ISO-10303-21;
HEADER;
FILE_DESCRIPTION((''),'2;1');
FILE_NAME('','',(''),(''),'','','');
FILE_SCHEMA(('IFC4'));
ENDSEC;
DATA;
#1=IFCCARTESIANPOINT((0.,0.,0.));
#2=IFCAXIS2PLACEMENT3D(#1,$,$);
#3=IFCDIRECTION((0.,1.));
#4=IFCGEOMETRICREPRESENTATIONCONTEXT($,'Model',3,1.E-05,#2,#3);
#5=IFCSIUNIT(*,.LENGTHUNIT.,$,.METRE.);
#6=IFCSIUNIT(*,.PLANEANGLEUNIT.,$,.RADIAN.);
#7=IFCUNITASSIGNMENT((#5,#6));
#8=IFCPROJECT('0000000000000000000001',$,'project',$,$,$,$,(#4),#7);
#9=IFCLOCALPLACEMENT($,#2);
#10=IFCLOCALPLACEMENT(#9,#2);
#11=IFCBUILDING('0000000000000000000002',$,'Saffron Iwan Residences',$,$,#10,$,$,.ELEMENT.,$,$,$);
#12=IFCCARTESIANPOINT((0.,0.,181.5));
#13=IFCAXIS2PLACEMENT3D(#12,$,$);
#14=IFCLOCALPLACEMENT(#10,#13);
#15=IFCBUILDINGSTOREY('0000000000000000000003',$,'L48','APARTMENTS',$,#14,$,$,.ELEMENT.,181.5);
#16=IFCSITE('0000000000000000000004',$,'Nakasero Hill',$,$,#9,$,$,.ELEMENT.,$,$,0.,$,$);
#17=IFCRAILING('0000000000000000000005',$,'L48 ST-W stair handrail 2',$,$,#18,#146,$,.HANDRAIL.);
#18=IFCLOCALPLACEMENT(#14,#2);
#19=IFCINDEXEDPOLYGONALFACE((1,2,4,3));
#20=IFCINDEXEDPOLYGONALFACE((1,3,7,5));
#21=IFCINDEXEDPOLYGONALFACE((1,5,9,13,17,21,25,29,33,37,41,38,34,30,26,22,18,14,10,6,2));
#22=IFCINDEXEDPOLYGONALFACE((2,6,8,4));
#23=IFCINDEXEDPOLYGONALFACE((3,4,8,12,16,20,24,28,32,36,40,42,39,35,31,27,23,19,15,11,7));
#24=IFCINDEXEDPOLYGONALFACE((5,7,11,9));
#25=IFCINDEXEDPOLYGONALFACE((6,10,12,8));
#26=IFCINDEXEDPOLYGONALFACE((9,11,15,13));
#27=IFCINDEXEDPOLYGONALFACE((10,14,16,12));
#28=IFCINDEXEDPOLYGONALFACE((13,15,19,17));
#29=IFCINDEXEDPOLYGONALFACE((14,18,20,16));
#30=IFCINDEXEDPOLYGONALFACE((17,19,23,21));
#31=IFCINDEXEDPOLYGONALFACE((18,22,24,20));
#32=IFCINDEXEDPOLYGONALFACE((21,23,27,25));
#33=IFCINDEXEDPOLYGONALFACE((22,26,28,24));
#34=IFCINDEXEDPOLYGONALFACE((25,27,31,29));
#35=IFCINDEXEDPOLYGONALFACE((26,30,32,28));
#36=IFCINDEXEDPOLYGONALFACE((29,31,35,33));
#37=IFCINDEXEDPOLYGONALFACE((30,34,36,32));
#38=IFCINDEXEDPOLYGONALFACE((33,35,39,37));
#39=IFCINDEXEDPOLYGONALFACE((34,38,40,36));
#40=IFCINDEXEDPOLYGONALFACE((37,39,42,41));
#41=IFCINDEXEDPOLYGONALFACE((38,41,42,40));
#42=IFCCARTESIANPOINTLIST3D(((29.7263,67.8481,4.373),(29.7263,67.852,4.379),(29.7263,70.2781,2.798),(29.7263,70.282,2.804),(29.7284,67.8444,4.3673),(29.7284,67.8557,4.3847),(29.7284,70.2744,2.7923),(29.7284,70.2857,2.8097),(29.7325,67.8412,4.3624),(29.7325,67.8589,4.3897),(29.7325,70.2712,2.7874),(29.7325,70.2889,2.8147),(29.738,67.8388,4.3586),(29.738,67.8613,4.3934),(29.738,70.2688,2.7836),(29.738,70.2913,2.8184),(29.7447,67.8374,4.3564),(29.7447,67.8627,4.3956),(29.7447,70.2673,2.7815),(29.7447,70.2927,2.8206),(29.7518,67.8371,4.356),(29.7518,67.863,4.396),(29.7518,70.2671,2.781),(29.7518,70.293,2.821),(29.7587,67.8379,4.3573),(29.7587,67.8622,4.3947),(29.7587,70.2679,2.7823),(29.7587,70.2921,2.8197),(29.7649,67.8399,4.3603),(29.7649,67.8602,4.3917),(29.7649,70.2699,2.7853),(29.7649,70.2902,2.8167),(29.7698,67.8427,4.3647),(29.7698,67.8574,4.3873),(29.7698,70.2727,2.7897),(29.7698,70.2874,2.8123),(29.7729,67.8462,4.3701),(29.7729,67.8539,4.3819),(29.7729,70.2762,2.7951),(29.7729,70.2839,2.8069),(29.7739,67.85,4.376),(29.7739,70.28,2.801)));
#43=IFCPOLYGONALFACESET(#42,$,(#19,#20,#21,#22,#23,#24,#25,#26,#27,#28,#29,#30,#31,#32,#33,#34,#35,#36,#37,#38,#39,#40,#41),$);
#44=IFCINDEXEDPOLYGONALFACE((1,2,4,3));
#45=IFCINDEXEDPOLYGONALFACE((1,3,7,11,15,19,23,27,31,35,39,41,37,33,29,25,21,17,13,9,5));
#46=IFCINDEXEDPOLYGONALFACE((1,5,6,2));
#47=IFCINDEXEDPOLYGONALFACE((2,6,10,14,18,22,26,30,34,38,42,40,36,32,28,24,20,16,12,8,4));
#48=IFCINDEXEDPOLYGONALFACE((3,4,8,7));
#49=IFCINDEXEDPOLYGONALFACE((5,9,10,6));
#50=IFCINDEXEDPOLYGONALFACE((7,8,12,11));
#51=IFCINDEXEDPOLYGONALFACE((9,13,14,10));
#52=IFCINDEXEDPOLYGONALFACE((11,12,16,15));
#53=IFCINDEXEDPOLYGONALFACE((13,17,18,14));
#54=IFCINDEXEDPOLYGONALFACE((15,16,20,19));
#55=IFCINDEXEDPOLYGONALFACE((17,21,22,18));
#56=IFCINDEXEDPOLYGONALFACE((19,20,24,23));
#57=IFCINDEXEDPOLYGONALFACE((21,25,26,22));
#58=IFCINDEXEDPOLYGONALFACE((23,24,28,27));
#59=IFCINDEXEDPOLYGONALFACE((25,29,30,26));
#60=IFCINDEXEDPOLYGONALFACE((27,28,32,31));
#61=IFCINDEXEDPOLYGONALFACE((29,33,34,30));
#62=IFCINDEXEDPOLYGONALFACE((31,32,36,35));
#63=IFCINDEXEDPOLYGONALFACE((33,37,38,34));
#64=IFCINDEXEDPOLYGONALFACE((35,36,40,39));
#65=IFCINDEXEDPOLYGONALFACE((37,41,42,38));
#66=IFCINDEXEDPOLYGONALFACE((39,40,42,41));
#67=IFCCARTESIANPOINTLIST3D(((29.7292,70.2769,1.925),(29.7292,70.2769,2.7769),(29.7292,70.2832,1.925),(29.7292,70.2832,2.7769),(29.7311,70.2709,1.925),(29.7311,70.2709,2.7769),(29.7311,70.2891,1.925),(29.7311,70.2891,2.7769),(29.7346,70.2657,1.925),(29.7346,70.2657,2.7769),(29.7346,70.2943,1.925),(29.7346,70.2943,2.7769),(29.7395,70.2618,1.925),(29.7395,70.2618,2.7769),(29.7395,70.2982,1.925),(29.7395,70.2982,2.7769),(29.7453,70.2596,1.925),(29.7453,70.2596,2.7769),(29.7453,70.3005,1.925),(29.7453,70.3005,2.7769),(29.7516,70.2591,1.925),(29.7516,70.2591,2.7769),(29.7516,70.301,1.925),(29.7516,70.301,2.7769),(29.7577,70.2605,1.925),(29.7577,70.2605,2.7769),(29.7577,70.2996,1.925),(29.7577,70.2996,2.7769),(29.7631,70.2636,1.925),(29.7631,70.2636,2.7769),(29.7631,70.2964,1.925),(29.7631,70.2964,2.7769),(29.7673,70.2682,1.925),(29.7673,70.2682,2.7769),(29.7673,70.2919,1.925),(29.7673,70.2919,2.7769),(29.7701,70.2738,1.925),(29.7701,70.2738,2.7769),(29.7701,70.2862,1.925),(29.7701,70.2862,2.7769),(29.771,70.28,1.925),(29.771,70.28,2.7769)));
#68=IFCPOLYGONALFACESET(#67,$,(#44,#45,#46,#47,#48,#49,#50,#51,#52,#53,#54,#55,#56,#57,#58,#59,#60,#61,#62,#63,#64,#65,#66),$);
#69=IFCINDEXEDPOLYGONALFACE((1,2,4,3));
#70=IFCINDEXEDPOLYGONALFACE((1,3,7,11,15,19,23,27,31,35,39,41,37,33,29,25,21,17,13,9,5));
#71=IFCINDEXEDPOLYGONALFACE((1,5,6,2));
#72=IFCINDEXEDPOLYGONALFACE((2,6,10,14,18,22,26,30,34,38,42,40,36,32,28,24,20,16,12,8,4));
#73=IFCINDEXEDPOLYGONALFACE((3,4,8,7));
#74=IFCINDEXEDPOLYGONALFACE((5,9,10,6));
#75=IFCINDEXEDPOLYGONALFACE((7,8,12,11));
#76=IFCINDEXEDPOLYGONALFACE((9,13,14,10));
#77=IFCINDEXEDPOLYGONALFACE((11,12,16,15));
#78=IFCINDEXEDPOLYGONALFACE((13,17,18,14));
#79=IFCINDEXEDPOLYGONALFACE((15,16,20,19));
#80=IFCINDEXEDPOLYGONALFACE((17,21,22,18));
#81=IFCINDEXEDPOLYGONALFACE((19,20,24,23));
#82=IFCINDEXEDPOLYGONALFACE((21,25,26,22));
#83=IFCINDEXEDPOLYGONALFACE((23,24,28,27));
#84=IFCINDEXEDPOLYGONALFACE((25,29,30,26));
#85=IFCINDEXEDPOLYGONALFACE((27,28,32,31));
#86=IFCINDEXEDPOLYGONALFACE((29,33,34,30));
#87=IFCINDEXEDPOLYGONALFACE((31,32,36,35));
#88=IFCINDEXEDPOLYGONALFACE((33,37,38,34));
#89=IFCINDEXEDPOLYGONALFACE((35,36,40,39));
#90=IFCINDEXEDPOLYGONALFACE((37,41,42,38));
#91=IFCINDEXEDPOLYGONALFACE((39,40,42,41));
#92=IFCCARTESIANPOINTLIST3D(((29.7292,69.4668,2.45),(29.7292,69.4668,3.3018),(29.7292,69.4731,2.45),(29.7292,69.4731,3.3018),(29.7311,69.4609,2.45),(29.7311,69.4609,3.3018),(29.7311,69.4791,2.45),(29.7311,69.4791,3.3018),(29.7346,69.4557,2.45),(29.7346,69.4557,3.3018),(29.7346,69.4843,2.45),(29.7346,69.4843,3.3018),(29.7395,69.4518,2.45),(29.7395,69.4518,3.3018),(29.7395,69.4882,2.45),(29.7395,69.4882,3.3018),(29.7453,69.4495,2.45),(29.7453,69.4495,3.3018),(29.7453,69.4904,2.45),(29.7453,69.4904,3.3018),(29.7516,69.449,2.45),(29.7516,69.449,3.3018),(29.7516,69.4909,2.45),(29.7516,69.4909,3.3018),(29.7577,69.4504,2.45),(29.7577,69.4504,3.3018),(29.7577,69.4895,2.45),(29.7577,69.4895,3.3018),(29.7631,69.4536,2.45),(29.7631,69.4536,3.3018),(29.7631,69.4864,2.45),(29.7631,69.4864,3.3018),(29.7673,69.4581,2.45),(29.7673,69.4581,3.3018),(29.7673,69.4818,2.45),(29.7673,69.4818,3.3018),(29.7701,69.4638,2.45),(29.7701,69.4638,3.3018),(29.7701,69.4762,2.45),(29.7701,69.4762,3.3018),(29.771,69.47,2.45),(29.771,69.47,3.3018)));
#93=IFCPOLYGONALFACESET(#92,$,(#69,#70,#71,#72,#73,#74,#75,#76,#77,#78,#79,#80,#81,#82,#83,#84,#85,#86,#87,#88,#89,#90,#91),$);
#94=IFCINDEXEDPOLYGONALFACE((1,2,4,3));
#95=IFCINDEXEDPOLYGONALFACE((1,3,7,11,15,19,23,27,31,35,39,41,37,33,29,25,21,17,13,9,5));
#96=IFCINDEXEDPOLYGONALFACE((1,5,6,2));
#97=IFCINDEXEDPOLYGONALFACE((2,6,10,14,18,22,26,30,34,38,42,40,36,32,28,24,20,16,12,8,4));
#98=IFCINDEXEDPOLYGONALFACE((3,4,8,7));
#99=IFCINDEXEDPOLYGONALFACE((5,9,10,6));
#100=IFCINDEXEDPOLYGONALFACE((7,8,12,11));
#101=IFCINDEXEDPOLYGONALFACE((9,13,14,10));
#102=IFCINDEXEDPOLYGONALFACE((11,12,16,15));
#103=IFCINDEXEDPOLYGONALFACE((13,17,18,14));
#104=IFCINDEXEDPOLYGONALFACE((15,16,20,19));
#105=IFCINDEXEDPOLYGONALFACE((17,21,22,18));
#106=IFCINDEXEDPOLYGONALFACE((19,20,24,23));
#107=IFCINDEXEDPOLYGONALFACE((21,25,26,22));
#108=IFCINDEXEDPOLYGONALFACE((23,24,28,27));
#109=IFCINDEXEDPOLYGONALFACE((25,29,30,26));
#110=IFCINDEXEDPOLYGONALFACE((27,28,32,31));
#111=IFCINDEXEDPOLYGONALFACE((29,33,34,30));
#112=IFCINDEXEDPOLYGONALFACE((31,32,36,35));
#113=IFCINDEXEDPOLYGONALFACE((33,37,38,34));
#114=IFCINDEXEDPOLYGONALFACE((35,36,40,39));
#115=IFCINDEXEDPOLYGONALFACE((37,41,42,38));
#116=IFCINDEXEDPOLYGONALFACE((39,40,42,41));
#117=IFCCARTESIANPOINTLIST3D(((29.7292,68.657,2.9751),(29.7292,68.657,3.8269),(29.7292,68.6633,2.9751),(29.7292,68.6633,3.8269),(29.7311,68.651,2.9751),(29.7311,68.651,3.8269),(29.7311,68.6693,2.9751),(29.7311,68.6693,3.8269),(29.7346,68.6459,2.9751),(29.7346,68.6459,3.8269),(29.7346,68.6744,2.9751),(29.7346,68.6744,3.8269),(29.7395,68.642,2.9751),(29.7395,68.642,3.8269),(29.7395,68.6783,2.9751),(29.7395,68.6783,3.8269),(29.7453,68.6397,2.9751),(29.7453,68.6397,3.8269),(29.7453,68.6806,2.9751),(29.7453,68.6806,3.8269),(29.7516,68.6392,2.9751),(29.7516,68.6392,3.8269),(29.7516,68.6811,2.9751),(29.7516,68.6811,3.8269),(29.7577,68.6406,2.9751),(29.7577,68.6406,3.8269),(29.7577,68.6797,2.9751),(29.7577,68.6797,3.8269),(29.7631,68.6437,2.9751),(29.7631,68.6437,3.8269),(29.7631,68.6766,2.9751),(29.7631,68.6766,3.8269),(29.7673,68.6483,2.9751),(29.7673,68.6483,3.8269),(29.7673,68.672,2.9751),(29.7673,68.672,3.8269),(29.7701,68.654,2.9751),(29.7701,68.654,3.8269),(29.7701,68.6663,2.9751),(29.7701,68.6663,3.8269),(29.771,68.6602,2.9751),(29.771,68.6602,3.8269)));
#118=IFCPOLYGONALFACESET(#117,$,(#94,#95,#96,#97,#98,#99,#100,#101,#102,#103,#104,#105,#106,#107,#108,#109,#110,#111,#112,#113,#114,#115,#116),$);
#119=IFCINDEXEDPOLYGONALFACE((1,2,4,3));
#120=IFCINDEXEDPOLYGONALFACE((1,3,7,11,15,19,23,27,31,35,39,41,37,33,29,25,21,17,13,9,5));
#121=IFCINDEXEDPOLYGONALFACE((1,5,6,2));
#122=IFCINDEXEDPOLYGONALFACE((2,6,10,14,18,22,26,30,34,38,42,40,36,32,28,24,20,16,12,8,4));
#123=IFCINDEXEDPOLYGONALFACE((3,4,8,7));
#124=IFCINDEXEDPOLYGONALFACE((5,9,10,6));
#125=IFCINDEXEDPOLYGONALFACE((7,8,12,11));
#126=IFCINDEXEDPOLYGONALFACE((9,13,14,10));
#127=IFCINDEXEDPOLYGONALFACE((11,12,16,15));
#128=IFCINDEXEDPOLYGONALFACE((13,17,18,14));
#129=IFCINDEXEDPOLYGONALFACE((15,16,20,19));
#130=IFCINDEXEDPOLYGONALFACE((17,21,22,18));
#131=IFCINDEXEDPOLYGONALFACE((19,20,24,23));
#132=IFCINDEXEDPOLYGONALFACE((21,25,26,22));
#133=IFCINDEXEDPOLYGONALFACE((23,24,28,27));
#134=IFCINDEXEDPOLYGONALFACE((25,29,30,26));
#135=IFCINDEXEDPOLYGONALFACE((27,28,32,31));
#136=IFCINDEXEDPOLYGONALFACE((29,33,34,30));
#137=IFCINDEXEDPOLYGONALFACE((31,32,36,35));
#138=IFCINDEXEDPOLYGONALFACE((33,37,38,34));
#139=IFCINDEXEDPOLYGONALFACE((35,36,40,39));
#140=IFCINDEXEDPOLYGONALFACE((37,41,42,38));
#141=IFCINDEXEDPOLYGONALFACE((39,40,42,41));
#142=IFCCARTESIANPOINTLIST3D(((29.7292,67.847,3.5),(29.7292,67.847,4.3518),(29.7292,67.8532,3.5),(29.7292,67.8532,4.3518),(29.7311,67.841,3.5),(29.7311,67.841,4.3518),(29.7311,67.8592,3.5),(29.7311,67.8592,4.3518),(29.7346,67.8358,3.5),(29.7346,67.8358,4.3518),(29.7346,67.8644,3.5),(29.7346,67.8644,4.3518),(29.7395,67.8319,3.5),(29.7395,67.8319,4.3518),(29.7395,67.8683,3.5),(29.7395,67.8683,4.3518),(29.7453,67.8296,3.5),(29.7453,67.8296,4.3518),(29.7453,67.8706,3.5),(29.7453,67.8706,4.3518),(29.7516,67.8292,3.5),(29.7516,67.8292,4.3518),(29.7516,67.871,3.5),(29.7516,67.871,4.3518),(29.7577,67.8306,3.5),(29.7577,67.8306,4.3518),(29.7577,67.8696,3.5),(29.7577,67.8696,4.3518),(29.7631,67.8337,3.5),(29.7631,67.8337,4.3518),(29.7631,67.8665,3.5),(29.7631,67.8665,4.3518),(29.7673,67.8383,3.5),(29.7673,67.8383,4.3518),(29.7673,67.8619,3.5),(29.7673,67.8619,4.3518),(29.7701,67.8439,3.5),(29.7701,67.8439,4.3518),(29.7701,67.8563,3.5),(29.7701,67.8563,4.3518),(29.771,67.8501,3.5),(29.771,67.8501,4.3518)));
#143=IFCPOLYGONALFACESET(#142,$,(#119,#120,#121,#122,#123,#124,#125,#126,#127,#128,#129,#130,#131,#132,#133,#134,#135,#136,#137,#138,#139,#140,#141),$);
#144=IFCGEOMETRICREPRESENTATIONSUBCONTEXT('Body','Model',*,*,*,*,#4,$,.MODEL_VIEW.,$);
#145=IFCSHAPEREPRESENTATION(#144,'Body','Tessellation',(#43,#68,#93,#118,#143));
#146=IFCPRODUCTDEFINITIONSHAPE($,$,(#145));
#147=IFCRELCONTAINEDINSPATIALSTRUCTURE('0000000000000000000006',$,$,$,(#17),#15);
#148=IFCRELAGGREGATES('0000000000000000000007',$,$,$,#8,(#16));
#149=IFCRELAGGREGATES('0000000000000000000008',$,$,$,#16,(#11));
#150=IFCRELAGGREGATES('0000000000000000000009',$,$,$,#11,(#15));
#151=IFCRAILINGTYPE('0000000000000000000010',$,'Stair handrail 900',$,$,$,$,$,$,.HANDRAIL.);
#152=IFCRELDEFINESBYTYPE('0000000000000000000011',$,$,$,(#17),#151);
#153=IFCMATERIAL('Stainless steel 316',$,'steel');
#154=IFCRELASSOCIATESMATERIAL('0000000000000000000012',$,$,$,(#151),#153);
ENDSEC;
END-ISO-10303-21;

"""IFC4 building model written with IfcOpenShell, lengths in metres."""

from ifc_helpers import new_model, si_unit, direction, frame, origin, origin_2d, place, context, subcontext, project, spatial, circle, extrude, material, type_object, element, save


model = new_model("IFC4")

# Units and contexts
model_context = context("Model", 3, precision=1e-05, world=origin(), true_north=direction((0.0, 1.0)))
body_context = subcontext(model_context, "Body", "Model", "MODEL_VIEW")
ifc_project = project(units=[si_unit("LENGTHUNIT", "METRE"), si_unit("PLANEANGLEUNIT", "RADIAN")], contexts=[model_context])

# Site, building, storey
site_placement = place(None, origin())
site = spatial("IfcSite", under=ifc_project, at=site_placement, Name="Nakasero Hill", CompositionType="ELEMENT", RefElevation=0.0)
building_placement = place(site_placement, origin())
building = spatial("IfcBuilding", under=site, at=building_placement, Name="Saffron Iwan Residences", CompositionType="ELEMENT")
storey_placement = place(building_placement, frame((0.0, 0.0, 181.5)))
storey = spatial("IfcBuildingStorey", under=building, at=storey_placement, Name="L48", Description="APARTMENTS", CompositionType="ELEMENT", Elevation=181.5)

# Railing
ifc_material_1 = material(Name="Stainless steel 316", Category="steel")
railing_type_1 = type_object("IfcRailingType", Name="Stair handrail 900", PredefinedType="HANDRAIL", material=ifc_material_1)
railing_1_placement = place(storey_placement, frame((29.75, 70.28, 1.925)))
element("IfcRailing", 1, at=railing_1_placement, inside=storey, type_object=railing_type_1, Name="L48 ST-W stair handrail 2", PredefinedType="HANDRAIL", context=body_context, shape_type="SweptSolid", body=[
    extrude(circle(Radius=0.0239, at=origin_2d()), frame((0.0, 0.0, 0.876), z_axis=(0.0, -0.839154, 0.543894), x_axis=(1.0, 0.0, 0.0)), (0.0, 0.0, 1.0), 2.8958),
    extrude(circle(Radius=0.021, at=origin_2d()), origin(), (0.0, 0.0, 1.0), 0.8518),
    extrude(circle(Radius=0.021, at=origin_2d()), frame((0.0, -0.8101, 0.5249)), (0.0, 0.0, 1.0), 0.8518),
    extrude(circle(Radius=0.021, at=origin_2d()), frame((0.0, -1.6199, 1.05)), (0.0, 0.0, 1.0), 0.8518),
    extrude(circle(Radius=0.021, at=origin_2d()), frame((0.0, -2.4299, 1.575)), (0.0, 0.0, 1.0), 0.8518),
])

save(model, "model.ifc")
